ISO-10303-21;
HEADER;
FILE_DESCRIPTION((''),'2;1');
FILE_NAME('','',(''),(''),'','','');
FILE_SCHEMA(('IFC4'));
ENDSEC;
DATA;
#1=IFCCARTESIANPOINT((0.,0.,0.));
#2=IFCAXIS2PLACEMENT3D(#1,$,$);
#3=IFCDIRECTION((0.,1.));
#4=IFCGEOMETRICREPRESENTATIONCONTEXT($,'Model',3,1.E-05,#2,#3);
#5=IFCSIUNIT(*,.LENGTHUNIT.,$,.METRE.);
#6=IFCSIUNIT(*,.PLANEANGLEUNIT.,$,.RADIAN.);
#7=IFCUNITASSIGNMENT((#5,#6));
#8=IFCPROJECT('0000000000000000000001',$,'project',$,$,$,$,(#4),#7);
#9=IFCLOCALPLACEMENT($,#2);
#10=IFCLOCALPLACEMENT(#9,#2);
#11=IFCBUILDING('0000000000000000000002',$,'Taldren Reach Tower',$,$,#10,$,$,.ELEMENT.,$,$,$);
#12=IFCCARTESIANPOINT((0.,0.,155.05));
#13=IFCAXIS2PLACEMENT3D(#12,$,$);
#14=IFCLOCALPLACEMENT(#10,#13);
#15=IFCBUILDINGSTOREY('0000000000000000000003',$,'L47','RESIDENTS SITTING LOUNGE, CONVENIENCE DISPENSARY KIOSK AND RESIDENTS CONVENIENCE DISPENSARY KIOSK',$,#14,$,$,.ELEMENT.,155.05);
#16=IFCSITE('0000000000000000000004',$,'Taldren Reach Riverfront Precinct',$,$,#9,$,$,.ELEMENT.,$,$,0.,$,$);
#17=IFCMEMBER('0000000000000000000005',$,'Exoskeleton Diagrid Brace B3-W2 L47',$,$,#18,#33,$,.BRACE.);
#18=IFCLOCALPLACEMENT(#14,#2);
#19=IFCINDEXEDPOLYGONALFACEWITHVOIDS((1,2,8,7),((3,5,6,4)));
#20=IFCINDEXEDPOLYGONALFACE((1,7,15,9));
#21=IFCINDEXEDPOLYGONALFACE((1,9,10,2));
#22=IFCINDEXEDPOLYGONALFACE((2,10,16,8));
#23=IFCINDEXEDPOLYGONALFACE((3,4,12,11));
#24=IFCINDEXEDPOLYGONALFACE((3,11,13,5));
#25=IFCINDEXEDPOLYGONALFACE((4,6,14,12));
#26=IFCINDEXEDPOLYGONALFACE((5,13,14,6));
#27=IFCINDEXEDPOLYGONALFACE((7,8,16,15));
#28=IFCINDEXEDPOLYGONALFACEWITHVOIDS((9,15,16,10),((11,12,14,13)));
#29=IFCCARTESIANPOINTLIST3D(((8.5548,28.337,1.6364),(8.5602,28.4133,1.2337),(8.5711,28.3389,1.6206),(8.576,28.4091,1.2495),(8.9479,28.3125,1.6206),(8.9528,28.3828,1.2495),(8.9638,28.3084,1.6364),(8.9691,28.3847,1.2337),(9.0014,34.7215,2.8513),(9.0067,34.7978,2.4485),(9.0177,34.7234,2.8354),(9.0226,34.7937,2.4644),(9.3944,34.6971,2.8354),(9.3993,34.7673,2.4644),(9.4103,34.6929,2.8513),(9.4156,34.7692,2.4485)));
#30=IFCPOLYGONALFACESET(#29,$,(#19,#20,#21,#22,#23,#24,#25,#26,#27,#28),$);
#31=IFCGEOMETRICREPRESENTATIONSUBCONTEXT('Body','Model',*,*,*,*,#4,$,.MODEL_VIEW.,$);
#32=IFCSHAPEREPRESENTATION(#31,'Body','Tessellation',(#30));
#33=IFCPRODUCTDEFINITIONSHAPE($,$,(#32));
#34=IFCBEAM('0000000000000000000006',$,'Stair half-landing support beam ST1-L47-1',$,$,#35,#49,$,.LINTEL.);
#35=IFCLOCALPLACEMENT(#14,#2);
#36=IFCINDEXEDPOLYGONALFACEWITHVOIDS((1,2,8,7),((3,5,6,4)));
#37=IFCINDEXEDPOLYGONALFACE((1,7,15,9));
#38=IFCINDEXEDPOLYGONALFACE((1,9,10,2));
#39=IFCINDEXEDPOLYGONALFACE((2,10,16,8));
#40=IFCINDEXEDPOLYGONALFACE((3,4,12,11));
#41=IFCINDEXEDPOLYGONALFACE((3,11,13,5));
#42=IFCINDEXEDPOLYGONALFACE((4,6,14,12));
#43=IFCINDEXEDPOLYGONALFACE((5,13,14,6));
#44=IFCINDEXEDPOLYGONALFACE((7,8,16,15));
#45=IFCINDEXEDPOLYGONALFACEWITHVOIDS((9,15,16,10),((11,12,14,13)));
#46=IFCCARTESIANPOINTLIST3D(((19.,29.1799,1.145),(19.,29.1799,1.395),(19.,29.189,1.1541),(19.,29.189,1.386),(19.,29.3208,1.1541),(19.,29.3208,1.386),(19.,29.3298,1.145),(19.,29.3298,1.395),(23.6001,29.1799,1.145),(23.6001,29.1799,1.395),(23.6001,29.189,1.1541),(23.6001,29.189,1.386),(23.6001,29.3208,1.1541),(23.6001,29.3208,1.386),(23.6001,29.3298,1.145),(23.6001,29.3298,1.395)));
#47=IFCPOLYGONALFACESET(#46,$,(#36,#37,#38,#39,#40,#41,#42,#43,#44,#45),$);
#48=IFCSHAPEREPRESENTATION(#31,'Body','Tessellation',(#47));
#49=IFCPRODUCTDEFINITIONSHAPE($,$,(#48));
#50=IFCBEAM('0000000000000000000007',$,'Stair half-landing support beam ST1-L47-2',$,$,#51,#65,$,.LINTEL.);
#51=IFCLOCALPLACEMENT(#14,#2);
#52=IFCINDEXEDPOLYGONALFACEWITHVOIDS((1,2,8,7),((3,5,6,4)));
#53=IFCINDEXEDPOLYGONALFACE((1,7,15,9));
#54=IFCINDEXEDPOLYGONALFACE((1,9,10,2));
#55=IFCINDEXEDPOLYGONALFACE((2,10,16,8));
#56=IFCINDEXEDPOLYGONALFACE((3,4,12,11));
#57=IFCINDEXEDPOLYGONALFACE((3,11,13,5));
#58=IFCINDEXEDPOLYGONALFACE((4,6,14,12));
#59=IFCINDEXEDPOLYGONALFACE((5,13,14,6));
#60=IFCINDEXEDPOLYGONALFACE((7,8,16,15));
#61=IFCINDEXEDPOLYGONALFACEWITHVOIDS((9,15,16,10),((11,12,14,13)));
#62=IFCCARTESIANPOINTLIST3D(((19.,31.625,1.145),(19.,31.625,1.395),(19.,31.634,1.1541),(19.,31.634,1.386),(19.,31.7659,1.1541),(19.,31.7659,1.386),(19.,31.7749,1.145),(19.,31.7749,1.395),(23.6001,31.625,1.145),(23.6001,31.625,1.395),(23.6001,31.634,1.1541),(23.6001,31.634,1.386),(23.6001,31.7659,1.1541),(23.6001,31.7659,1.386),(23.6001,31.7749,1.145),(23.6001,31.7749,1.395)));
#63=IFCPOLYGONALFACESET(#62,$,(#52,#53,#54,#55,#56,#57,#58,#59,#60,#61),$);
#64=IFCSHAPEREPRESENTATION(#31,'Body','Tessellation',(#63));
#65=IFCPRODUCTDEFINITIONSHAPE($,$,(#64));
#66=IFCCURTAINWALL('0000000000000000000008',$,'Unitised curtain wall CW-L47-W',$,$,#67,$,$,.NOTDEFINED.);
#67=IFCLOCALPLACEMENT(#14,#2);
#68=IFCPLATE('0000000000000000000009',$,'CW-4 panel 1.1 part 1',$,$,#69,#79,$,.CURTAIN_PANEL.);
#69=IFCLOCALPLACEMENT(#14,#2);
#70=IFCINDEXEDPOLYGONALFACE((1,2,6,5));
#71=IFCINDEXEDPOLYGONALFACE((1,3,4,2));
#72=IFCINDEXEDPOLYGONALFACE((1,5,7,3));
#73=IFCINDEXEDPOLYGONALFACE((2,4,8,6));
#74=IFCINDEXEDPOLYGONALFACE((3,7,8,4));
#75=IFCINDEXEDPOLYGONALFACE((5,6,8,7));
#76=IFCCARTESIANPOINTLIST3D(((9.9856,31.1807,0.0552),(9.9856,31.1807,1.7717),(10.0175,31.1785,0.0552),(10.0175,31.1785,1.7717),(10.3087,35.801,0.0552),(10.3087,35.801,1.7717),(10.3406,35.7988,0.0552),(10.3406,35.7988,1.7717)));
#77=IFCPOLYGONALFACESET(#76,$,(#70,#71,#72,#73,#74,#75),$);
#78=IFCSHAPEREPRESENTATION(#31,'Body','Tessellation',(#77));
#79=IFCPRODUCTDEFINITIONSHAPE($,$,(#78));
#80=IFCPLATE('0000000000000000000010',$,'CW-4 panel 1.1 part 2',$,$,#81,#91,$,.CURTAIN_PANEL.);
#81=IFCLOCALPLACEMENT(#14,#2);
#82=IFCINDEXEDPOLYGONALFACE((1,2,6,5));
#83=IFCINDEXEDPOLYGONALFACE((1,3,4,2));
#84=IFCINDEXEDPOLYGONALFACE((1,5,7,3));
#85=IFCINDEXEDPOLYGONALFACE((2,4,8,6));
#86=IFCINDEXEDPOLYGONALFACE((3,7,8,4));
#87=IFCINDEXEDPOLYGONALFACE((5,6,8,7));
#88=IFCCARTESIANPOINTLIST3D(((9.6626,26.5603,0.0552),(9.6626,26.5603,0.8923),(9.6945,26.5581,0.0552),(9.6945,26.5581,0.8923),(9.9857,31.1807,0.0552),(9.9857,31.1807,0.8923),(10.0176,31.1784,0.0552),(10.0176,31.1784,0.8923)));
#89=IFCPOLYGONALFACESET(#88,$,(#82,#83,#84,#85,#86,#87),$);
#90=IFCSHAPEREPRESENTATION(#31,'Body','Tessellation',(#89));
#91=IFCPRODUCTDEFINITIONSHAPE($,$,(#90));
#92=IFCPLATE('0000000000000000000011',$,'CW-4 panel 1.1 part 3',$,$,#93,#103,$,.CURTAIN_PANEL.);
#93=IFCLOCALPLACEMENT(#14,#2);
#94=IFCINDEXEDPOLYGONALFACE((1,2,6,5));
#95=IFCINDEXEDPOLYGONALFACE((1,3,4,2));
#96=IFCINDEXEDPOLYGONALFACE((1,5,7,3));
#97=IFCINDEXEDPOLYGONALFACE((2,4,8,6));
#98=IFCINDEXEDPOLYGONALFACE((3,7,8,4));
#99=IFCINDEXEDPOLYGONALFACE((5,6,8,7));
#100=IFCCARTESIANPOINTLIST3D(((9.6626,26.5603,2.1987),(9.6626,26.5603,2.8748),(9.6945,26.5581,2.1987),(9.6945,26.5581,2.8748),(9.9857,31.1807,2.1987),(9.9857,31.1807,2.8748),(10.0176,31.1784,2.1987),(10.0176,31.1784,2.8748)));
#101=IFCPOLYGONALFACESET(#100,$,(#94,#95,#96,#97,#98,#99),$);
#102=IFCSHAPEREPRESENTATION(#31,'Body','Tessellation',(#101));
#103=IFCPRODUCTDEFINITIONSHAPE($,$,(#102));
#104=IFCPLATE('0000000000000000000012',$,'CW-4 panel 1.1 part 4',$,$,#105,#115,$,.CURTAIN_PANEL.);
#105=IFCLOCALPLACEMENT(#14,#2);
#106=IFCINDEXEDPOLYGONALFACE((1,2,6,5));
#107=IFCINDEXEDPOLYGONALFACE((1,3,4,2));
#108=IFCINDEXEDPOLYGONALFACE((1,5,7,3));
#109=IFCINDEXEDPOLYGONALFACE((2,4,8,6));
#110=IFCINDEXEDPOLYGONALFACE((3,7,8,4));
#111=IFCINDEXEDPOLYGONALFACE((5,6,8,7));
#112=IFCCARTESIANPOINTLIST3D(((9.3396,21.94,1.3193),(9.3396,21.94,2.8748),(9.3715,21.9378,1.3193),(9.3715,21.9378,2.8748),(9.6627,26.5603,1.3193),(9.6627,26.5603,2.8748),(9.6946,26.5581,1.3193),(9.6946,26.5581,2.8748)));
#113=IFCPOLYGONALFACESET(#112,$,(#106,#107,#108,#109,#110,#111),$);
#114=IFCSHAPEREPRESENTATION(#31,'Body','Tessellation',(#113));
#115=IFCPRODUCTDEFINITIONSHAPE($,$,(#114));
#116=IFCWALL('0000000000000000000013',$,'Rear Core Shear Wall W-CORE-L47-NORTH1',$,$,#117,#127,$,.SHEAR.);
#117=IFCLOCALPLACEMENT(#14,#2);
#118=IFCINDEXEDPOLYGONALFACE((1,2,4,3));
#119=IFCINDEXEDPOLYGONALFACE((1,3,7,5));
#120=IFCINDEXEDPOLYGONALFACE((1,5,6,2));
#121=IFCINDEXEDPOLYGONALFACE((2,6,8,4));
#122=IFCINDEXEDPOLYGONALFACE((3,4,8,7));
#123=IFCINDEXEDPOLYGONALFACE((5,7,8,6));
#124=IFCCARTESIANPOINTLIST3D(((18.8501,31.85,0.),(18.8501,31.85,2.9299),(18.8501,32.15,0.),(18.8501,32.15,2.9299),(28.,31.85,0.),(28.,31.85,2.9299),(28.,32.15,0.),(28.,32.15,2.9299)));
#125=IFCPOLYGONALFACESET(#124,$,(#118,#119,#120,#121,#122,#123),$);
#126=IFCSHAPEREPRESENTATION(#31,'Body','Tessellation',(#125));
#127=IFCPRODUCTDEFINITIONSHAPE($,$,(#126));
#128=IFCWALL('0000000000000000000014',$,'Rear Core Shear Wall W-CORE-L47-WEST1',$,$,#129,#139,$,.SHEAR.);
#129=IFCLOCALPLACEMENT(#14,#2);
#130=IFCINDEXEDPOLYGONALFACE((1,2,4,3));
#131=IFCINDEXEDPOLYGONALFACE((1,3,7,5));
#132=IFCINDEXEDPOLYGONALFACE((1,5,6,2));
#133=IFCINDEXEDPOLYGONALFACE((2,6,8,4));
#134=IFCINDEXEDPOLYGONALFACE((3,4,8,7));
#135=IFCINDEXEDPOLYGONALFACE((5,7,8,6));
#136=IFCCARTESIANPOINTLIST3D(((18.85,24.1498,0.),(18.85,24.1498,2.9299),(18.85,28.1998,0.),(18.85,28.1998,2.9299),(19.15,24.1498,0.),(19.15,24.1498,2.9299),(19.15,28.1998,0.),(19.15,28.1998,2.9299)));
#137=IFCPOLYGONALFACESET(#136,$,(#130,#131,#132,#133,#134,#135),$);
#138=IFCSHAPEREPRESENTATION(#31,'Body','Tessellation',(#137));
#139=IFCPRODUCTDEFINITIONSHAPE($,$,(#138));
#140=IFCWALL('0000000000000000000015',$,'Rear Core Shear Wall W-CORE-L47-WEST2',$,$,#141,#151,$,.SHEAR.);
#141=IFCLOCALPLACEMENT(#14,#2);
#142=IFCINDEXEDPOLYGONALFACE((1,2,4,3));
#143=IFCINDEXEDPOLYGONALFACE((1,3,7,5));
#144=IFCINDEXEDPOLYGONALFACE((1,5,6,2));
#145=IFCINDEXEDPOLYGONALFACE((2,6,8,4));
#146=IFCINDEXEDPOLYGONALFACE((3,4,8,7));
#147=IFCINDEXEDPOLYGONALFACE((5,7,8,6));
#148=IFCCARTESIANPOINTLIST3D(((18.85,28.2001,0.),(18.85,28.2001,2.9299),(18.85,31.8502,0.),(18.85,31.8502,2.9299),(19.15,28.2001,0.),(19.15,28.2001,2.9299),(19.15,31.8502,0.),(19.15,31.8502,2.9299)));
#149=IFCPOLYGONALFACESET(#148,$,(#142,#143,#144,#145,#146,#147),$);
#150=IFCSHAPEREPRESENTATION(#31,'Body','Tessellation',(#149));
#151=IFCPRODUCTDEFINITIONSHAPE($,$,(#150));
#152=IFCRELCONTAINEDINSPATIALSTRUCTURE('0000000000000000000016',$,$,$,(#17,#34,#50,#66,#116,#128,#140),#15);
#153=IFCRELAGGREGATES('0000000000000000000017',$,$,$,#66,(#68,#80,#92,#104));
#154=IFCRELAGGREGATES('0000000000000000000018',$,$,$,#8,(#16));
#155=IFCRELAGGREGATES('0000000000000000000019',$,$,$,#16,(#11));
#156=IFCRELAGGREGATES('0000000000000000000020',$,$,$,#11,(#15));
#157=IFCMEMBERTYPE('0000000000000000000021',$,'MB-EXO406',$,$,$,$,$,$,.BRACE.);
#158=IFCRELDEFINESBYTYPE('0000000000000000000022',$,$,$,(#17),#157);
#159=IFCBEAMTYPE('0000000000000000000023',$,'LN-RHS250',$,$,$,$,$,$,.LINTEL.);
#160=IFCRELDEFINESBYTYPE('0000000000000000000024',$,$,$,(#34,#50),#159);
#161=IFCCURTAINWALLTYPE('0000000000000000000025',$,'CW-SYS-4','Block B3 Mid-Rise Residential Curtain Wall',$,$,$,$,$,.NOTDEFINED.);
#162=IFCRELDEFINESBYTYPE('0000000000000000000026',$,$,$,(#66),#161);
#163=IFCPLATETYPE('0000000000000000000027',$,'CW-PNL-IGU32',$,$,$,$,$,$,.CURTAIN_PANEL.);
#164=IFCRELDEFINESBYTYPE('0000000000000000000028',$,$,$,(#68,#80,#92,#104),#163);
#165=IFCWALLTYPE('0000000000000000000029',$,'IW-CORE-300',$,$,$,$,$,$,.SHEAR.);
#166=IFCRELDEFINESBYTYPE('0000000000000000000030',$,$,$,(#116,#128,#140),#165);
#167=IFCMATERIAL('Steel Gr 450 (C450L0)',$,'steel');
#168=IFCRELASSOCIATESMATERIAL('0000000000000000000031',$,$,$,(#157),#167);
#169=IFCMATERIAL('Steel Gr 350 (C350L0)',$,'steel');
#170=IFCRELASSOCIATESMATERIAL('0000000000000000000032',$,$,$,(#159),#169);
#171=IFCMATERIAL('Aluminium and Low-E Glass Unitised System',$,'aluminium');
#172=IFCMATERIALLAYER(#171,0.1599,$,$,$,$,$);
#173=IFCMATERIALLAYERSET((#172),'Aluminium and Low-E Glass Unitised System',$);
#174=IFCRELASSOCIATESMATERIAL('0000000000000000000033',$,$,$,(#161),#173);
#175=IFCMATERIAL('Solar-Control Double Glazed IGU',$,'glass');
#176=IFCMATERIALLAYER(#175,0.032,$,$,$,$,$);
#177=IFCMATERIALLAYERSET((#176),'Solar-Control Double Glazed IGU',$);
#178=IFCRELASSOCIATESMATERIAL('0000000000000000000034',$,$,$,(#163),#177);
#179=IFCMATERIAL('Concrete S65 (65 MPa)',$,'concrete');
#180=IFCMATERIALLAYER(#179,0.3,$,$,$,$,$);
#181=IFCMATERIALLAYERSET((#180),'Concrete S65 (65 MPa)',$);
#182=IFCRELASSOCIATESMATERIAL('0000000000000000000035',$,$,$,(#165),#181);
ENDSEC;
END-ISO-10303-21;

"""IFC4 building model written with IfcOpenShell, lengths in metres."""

from ifc_helpers import new_model, si_unit, direction, frame, frame_2d, origin, origin_2d, place, context, subcontext, project, spatial, rectangle, hollow_rectangle, extrude, source, transform, mapped, material, layer, layer_set, material_profile, profile_set, type_object, element, aggregate, save


model = new_model("IFC4")

# Units and contexts
model_context = context("Model", 3, precision=1e-05, world=origin(), true_north=direction((0.0, 1.0)))
body_context = subcontext(model_context, "Body", "Model", "MODEL_VIEW")
ifc_project = project(units=[si_unit("LENGTHUNIT", "METRE"), si_unit("PLANEANGLEUNIT", "RADIAN")], contexts=[model_context])

# Site, building, storey
site_placement = place(None, origin())
site = spatial("IfcSite", under=ifc_project, at=site_placement, Name="Taldren Reach Riverfront Precinct", CompositionType="ELEMENT", RefElevation=0.0)
building_placement = place(site_placement, origin())
building = spatial("IfcBuilding", under=site, at=building_placement, Name="Taldren Reach Tower", CompositionType="ELEMENT")
storey_placement = place(building_placement, frame((0.0, 0.0, 155.05)))
storey = spatial("IfcBuildingStorey", under=building, at=storey_placement, Name="L47", Description="RESIDENTS SITTING LOUNGE, CONVENIENCE DISPENSARY KIOSK AND RESIDENTS CONVENIENCE DISPENSARY KIOSK", CompositionType="ELEMENT", Elevation=155.05)

# Shared definitions
ifc_material_1 = material(Name="Steel Gr 450 (C450L0)", Category="steel")

# Member
ifc_material_profile_1 = material_profile(ifc_material_1, hollow_rectangle(XDim=0.4099, YDim=0.4099, WallThickness=0.0161, at=origin_2d()), Name="410x410x16.0SHS")
ifc_profile_set_1 = profile_set([ifc_material_profile_1], Name="Steel Gr 450 (C450L0)")
member_type = type_object("IfcMemberType", Name="MB-EXO406", PredefinedType="BRACE", material=ifc_profile_set_1)
shared_shape_1 = source(origin(), body_context, "Body", "SweptSolid", [
    extrude(hollow_rectangle(XDim=0.4099, YDim=0.4099, WallThickness=0.0161, at=origin_2d()), origin(), (0.0, 0.0, 1.0), 6.5144),
])
member_placement = place(storey_placement, frame((8.762, 28.3608, 1.4351), z_axis=(0.068546, 0.980063, 0.186486), x_axis=(-0.997563, 0.06977, 0.0)))
element("IfcMember", 1, at=member_placement, inside=storey, type_object=member_type, Name="Exoskeleton Diagrid Brace B3-W2 L47", PredefinedType="BRACE", context=body_context, shape_type="MappedRepresentation", body=[
    mapped(shared_shape_1, transform((0.0, 0.0, 0.0), scale=1.0)),
])

# Beams
ifc_material_2 = material(Name="Steel Gr 350 (C350L0)", Category="steel")
ifc_material_profile_2 = material_profile(ifc_material_2, hollow_rectangle(XDim=0.1499, YDim=0.25, WallThickness=0.009, at=origin_2d()), Name="250x150x9.0RHS")
ifc_profile_set_2 = profile_set([ifc_material_profile_2], Name="Steel Gr 350 (C350L0)")
beam_type_1 = type_object("IfcBeamType", Name="LN-RHS250", PredefinedType="LINTEL", material=ifc_profile_set_2)
shared_shape_2 = source(origin(), body_context, "Body", "SweptSolid", [
    extrude(hollow_rectangle(XDim=0.1499, YDim=0.25, WallThickness=0.009, at=origin_2d()), origin(), (0.0, 0.0, 1.0), 4.6001),
])
for number, where, z_axis, x_axis, name in (
    (2, (19.0, 29.2549, 1.27), (1.0, 0.0, 0.0), (0.0, 1.0, 0.0), "Stair half-landing support beam ST1-L47-1"),
    (3, (19.0, 31.7, 1.27), (1.0, 0.0, 0.0), (0.0, 1.0, 0.0), "Stair half-landing support beam ST1-L47-2"),
):
    element("IfcBeam", number, at=place(storey_placement, frame(where, z_axis=z_axis, x_axis=x_axis)), inside=storey, type_object=beam_type_1, Name=name, PredefinedType="LINTEL", context=body_context, shape_type="MappedRepresentation", body=[
        mapped(shared_shape_2, transform((0.0, 0.0, 0.0), scale=1.0)),
    ])

# Curtain wall, plates
ifc_material_3 = material(Name="Aluminium and Low-E Glass Unitised System", Category="aluminium")
ifc_layer_1 = layer(ifc_material_3, 0.1599)
ifc_layer_set_1 = layer_set([ifc_layer_1], Name="Aluminium and Low-E Glass Unitised System")
curtain_wall_type = type_object("IfcCurtainWallType", Name="CW-SYS-4", Description="Block B3 Mid-Rise Residential Curtain Wall", PredefinedType="NOTDEFINED", material=ifc_layer_set_1)
curtain_wall_placement = place(storey_placement, origin())
curtain_wall = element("IfcCurtainWall", 4, at=curtain_wall_placement, inside=storey, type_object=curtain_wall_type, Name="Unitised curtain wall CW-L47-W", PredefinedType="NOTDEFINED")
ifc_material_4 = material(Name="Solar-Control Double Glazed IGU", Category="glass")
ifc_layer_2 = layer(ifc_material_4, 0.032)
ifc_layer_set_2 = layer_set([ifc_layer_2], Name="Solar-Control Double Glazed IGU")
plate_type = type_object("IfcPlateType", Name="CW-PNL-IGU32", PredefinedType="CURTAIN_PANEL", material=ifc_layer_set_2)
shared_shape_3 = source(origin(), body_context, "Body", "SweptSolid", [
    extrude(rectangle(XDim=4.6316, YDim=0.032, at=origin_2d()), origin(), (0.0, 0.0, 1.0), 1.7166),
])
plate_1_placement = place(storey_placement, frame((10.1631, 33.4897, 0.0552), z_axis=(0.0, 0.0, 1.0), x_axis=(-0.069756, -0.997564, 0.0)))
plate_1 = element("IfcPlate", 5, at=plate_1_placement, type_object=plate_type, Name="CW-4 panel 1.1 part 1", PredefinedType="CURTAIN_PANEL", context=body_context, shape_type="MappedRepresentation", body=[
    mapped(shared_shape_3, transform((0.0, 0.0, 0.0), scale=1.0)),
])
shared_shape_4 = source(origin(), body_context, "Body", "SweptSolid", [
    extrude(rectangle(XDim=4.6316, YDim=0.032, at=origin_2d()), origin(), (0.0, 0.0, 1.0), 0.8372),
])
plate_2_placement = place(storey_placement, frame((9.8401, 28.8694, 0.0552), z_axis=(0.0, 0.0, 1.0), x_axis=(-0.069756, -0.997564, 0.0)))
plate_2 = element("IfcPlate", 6, at=plate_2_placement, type_object=plate_type, Name="CW-4 panel 1.1 part 2", PredefinedType="CURTAIN_PANEL", context=body_context, shape_type="MappedRepresentation", body=[
    mapped(shared_shape_4, transform((0.0, 0.0, 0.0), scale=1.0)),
])
shared_shape_5 = source(origin(), body_context, "Body", "SweptSolid", [
    extrude(rectangle(XDim=4.6316, YDim=0.032, at=origin_2d()), origin(), (0.0, 0.0, 1.0), 0.676),
])
plate_3_placement = place(storey_placement, frame((9.8401, 28.8694, 2.1987), z_axis=(0.0, 0.0, 1.0), x_axis=(-0.069756, -0.997564, 0.0)))
plate_3 = element("IfcPlate", 7, at=plate_3_placement, type_object=plate_type, Name="CW-4 panel 1.1 part 3", PredefinedType="CURTAIN_PANEL", context=body_context, shape_type="MappedRepresentation", body=[
    mapped(shared_shape_5, transform((0.0, 0.0, 0.0), scale=1.0)),
])
shared_shape_6 = source(origin(), body_context, "Body", "SweptSolid", [
    extrude(rectangle(XDim=4.6316, YDim=0.032, at=origin_2d()), origin(), (0.0, 0.0, 1.0), 1.5554),
])
plate_4_placement = place(storey_placement, frame((9.5171, 24.249, 1.3193), z_axis=(0.0, 0.0, 1.0), x_axis=(-0.069756, -0.997564, 0.0)))
plate_4 = element("IfcPlate", 8, at=plate_4_placement, type_object=plate_type, Name="CW-4 panel 1.1 part 4", PredefinedType="CURTAIN_PANEL", context=body_context, shape_type="MappedRepresentation", body=[
    mapped(shared_shape_6, transform((0.0, 0.0, 0.0), scale=1.0)),
])
aggregate(curtain_wall, [plate_1, plate_2, plate_3, plate_4])

# Walls
ifc_material_5 = material(Name="Concrete S65 (65 MPa)", Category="concrete")
ifc_layer_3 = layer(ifc_material_5, 0.3)
ifc_layer_set_3 = layer_set([ifc_layer_3], Name="Concrete S65 (65 MPa)")
wall_type = type_object("IfcWallType", Name="IW-CORE-300", PredefinedType="SHEAR", material=ifc_layer_set_3)
shared_shape_7 = source(origin(), body_context, "Body", "SweptSolid", [
    extrude(rectangle(XDim=9.1499, YDim=0.3, at=frame_2d((4.575, 0.0))), origin(), (0.0, 0.0, 1.0), 2.9299),
])
wall_1_placement = place(storey_placement, frame((18.8501, 32.0, 0.0), z_axis=(0.0, 0.0, 1.0), x_axis=(1.0, 0.0, 0.0)))
element("IfcWall", 9, at=wall_1_placement, inside=storey, type_object=wall_type, Name="Rear Core Shear Wall W-CORE-L47-NORTH1", PredefinedType="SHEAR", context=body_context, shape_type="MappedRepresentation", body=[
    mapped(shared_shape_7, transform((0.0, 0.0, 0.0), scale=1.0)),
])
shared_shape_8 = source(origin(), body_context, "Body", "SweptSolid", [
    extrude(rectangle(XDim=4.05, YDim=0.3, at=frame_2d((2.0249, 0.0))), origin(), (0.0, 0.0, 1.0), 2.9299),
])
wall_2_placement = place(storey_placement, frame((19.0, 24.1499, 0.0), z_axis=(0.0, 0.0, 1.0), x_axis=(0.0, 1.0, 0.0)))
element("IfcWall", 10, at=wall_2_placement, inside=storey, type_object=wall_type, Name="Rear Core Shear Wall W-CORE-L47-WEST1", PredefinedType="SHEAR", context=body_context, shape_type="MappedRepresentation", body=[
    mapped(shared_shape_8, transform((0.0, 0.0, 0.0), scale=1.0)),
])
shared_shape_9 = source(origin(), body_context, "Body", "SweptSolid", [
    extrude(rectangle(XDim=3.6501, YDim=0.3, at=frame_2d((1.8252, 0.0))), origin(), (0.0, 0.0, 1.0), 2.9299),
])
wall_3_placement = place(storey_placement, frame((19.0, 28.2, 0.0), z_axis=(0.0, 0.0, 1.0), x_axis=(0.0, 1.0, 0.0)))
element("IfcWall", 11, at=wall_3_placement, inside=storey, type_object=wall_type, Name="Rear Core Shear Wall W-CORE-L47-WEST2", PredefinedType="SHEAR", context=body_context, shape_type="MappedRepresentation", body=[
    mapped(shared_shape_9, transform((0.0, 0.0, 0.0), scale=1.0)),
])

save(model, "model.ifc")
